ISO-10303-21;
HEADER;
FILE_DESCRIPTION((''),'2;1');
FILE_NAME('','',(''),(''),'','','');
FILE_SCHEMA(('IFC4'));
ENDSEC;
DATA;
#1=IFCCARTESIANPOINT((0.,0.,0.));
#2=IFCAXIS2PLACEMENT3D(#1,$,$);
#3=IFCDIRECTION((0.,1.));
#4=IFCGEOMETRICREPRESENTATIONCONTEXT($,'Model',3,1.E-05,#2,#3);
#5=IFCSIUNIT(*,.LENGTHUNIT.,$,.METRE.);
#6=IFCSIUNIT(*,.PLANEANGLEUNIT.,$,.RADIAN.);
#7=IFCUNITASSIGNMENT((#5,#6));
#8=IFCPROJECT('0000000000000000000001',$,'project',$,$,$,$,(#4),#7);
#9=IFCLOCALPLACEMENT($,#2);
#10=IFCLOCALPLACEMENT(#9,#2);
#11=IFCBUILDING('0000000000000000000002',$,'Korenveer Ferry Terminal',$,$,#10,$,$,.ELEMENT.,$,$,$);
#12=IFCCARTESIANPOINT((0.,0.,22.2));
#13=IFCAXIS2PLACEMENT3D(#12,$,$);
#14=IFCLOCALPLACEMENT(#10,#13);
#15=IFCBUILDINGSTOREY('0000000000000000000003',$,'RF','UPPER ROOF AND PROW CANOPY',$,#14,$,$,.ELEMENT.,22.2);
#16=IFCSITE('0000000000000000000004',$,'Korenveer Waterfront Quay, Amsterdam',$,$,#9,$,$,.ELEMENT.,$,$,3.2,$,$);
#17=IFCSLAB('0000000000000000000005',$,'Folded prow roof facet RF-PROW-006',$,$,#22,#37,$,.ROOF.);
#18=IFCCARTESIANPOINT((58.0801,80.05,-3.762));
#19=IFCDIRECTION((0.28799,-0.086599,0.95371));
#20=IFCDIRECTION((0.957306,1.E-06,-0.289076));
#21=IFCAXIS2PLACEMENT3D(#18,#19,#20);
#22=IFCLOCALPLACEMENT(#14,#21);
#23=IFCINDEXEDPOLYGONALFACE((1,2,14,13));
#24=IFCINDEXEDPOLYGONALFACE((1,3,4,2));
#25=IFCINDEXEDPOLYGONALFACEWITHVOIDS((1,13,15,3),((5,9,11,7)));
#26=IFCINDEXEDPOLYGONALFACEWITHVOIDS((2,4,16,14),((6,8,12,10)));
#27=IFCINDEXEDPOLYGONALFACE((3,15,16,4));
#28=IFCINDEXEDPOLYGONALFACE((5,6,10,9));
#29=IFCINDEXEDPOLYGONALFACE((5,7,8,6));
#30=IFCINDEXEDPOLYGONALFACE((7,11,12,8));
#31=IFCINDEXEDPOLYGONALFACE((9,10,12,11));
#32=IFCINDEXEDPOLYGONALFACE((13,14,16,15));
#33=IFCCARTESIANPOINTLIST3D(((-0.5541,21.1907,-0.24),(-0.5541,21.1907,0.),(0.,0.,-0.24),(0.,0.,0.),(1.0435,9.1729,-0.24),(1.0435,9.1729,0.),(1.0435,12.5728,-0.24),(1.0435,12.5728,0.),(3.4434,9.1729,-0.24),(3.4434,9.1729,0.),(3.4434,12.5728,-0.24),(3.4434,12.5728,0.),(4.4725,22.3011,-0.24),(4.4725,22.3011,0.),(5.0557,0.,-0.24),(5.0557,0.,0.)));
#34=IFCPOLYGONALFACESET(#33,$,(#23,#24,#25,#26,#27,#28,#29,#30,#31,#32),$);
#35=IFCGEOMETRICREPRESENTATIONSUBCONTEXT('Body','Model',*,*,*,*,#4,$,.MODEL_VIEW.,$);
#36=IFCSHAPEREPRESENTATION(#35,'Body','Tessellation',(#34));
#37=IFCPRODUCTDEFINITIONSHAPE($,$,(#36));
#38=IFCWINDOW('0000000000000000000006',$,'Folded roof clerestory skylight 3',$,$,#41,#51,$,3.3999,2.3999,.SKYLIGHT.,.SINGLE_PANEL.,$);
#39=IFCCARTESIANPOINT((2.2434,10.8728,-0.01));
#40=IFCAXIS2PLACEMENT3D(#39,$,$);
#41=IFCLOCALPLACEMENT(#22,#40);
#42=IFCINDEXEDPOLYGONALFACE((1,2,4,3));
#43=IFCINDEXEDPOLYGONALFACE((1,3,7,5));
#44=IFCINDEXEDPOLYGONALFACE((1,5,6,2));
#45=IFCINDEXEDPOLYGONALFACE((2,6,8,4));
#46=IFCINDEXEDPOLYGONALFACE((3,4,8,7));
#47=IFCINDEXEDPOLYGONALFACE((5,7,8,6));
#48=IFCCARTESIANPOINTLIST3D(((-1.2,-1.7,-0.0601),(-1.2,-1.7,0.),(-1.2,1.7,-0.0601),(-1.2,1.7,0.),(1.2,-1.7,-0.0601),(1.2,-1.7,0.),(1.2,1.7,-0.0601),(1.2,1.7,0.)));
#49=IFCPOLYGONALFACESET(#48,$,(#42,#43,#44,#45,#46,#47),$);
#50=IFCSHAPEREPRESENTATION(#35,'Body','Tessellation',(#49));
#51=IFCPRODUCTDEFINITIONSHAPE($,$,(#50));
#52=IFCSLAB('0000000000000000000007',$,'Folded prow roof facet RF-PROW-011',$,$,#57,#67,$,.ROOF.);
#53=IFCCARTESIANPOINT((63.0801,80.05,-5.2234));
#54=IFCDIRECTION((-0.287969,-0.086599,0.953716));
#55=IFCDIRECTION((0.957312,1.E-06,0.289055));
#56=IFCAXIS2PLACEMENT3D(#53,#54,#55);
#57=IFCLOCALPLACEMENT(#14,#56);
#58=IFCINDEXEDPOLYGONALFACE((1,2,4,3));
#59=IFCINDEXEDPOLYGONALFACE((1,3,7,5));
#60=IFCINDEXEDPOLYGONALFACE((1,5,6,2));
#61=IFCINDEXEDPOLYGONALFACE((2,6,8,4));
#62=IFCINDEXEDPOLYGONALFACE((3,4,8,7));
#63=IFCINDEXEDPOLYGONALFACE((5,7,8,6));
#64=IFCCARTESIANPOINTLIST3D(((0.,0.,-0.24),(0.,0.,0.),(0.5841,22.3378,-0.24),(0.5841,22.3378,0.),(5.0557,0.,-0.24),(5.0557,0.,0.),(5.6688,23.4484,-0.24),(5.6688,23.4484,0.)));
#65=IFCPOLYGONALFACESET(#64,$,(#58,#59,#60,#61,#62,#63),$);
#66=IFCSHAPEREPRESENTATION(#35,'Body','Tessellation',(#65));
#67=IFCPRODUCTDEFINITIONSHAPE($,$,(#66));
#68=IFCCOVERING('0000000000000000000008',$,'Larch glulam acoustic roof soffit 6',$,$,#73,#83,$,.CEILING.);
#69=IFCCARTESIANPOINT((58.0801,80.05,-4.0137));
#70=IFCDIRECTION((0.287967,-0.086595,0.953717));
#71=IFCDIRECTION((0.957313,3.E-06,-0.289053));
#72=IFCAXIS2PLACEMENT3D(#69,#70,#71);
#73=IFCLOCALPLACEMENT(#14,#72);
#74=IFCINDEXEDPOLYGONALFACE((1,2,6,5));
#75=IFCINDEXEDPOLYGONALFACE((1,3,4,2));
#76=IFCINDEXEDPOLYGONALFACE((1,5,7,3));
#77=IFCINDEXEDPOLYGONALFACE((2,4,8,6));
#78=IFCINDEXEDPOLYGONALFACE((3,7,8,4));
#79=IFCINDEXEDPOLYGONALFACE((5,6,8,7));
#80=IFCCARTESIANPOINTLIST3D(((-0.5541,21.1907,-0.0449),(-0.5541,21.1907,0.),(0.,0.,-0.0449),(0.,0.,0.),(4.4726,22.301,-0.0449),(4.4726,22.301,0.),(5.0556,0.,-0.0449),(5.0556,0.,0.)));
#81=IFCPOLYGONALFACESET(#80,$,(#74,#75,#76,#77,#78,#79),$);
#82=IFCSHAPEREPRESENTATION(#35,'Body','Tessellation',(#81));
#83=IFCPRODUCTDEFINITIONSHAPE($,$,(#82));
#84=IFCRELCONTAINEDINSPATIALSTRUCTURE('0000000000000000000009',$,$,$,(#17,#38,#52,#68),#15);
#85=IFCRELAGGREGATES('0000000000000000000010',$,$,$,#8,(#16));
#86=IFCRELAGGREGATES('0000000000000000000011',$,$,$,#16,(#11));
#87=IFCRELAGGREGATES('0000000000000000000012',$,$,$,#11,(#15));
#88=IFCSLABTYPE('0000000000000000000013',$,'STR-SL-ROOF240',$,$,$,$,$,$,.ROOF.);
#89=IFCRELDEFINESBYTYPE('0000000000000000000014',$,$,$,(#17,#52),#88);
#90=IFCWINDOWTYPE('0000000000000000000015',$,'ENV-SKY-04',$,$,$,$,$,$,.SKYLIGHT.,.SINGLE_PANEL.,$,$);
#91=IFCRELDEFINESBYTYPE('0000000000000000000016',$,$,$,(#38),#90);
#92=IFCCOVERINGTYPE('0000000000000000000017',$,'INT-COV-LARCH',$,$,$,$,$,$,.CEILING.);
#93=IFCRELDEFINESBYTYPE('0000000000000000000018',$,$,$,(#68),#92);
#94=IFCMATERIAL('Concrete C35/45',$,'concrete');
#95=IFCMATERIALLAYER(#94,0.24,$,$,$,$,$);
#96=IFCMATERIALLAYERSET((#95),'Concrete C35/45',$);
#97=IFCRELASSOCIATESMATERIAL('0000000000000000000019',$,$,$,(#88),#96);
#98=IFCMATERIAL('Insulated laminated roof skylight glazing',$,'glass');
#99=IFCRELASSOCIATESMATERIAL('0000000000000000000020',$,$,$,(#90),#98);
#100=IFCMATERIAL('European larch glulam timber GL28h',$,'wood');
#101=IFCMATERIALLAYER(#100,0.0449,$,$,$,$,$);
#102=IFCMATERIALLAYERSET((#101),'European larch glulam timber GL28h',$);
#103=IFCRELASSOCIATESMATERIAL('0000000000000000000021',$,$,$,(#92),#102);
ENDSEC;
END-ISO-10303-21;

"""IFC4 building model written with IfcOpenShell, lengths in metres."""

from ifc_helpers import new_model, si_unit, direction, frame, origin, origin_2d, place, context, subcontext, project, spatial, polyline, rectangle, outline, extrude, material, layer, layer_set, type_object, element, fill, save


model = new_model("IFC4")

# Units and contexts
model_context = context("Model", 3, precision=1e-05, world=origin(), true_north=direction((0.0, 1.0)))
body_context = subcontext(model_context, "Body", "Model", "MODEL_VIEW")
ifc_project = project(units=[si_unit("LENGTHUNIT", "METRE"), si_unit("PLANEANGLEUNIT", "RADIAN")], contexts=[model_context])

# Site, building, storey
site_placement = place(None, origin())
site = spatial("IfcSite", under=ifc_project, at=site_placement, Name="Korenveer Waterfront Quay, Amsterdam", CompositionType="ELEMENT", RefElevation=3.2)
building_placement = place(site_placement, origin())
building = spatial("IfcBuilding", under=site, at=building_placement, Name="Korenveer Ferry Terminal", CompositionType="ELEMENT")
storey_placement = place(building_placement, frame((0.0, 0.0, 22.2)))
storey = spatial("IfcBuildingStorey", under=building, at=storey_placement, Name="RF", Description="UPPER ROOF AND PROW CANOPY", CompositionType="ELEMENT", Elevation=22.2)

# Slab, opening, window
ifc_material_1 = material(Name="Concrete C35/45", Category="concrete")
ifc_layer_1 = layer(ifc_material_1, 0.24)
ifc_layer_set_1 = layer_set([ifc_layer_1], Name="Concrete C35/45")
slab_type = type_object("IfcSlabType", Name="STR-SL-ROOF240", PredefinedType="ROOF", material=ifc_layer_set_1)
slab_1_placement = place(storey_placement, frame((58.0801, 80.05, -3.762), z_axis=(0.28799, -0.086599, 0.95371), x_axis=(0.957306, 0.000001, -0.289076)))
slab_1 = element("IfcSlab", 1, at=slab_1_placement, inside=storey, type_object=slab_type, Name="Folded prow roof facet RF-PROW-006", PredefinedType="ROOF", context=body_context, shape_type="SweptSolid", body=[
    extrude(outline(polyline([(0.0, 0.0), (5.0557, 0.0), (4.4725, 22.3011), (-0.5541, 21.1907), (0.0, 0.0)])), origin(), (0.0, 0.0, -1.0), 0.24),
])
opening_placement = place(slab_1_placement, frame((2.2434, 10.8728, 0.01)))
opening = element("IfcOpeningElement", 2, at=opening_placement, cuts=slab_1, PredefinedType="OPENING", context=body_context, shape_type="SweptSolid", body=[
    extrude(rectangle(XDim=2.3999, YDim=3.3999, at=origin_2d()), origin(), (0.0, 0.0, -1.0), 0.26),
])
ifc_material_2 = material(Name="Insulated laminated roof skylight glazing", Category="glass")
window_type = type_object("IfcWindowType", Name="ENV-SKY-04", PartitioningType="SINGLE_PANEL", PredefinedType="SKYLIGHT", material=ifc_material_2)
window_placement = place(slab_1_placement, frame((2.2434, 10.8728, -0.01)))
window = element("IfcWindow", 3, at=window_placement, inside=storey, type_object=window_type, Name="Folded roof clerestory skylight 3", OverallHeight=3.3999, OverallWidth=2.3999, PartitioningType="SINGLE_PANEL", PredefinedType="SKYLIGHT", context=body_context, shape_type="SweptSolid", body=[
    extrude(rectangle(XDim=2.3999, YDim=3.3999, at=origin_2d()), origin(), (0.0, 0.0, -1.0), 0.0601),
])
fill(opening, window)

# Slab
slab_2_placement = place(storey_placement, frame((63.0801, 80.05, -5.2234), z_axis=(-0.287969, -0.086599, 0.953716), x_axis=(0.957312, 0.000001, 0.289055)))
element("IfcSlab", 4, at=slab_2_placement, inside=storey, type_object=slab_type, Name="Folded prow roof facet RF-PROW-011", PredefinedType="ROOF", context=body_context, shape_type="SweptSolid", body=[
    extrude(outline(polyline([(0.0, 0.0), (5.0557, 0.0), (5.6688, 23.4484), (0.5841, 22.3378), (0.0, 0.0)])), origin(), (0.0, 0.0, -1.0), 0.24),
])

# Covering
ifc_material_3 = material(Name="European larch glulam timber GL28h", Category="wood")
ifc_layer_2 = layer(ifc_material_3, 0.0449)
ifc_layer_set_2 = layer_set([ifc_layer_2], Name="European larch glulam timber GL28h")
covering_type_1 = type_object("IfcCoveringType", Name="INT-COV-LARCH", PredefinedType="CEILING", material=ifc_layer_set_2)
covering_1_placement = place(storey_placement, frame((58.0801, 80.05, -4.0137), z_axis=(0.287967, -0.086595, 0.953717), x_axis=(0.957313, 0.000003, -0.289053)))
element("IfcCovering", 5, at=covering_1_placement, inside=storey, type_object=covering_type_1, Name="Larch glulam acoustic roof soffit 6", PredefinedType="CEILING", context=body_context, shape_type="SweptSolid", body=[
    extrude(outline(polyline([(0.0, 0.0), (5.0556, 0.0), (4.4726, 22.301), (-0.5541, 21.1907), (0.0, 0.0)])), origin(), (0.0, 0.0, -1.0), 0.0449),
])

save(model, "model.ifc")
